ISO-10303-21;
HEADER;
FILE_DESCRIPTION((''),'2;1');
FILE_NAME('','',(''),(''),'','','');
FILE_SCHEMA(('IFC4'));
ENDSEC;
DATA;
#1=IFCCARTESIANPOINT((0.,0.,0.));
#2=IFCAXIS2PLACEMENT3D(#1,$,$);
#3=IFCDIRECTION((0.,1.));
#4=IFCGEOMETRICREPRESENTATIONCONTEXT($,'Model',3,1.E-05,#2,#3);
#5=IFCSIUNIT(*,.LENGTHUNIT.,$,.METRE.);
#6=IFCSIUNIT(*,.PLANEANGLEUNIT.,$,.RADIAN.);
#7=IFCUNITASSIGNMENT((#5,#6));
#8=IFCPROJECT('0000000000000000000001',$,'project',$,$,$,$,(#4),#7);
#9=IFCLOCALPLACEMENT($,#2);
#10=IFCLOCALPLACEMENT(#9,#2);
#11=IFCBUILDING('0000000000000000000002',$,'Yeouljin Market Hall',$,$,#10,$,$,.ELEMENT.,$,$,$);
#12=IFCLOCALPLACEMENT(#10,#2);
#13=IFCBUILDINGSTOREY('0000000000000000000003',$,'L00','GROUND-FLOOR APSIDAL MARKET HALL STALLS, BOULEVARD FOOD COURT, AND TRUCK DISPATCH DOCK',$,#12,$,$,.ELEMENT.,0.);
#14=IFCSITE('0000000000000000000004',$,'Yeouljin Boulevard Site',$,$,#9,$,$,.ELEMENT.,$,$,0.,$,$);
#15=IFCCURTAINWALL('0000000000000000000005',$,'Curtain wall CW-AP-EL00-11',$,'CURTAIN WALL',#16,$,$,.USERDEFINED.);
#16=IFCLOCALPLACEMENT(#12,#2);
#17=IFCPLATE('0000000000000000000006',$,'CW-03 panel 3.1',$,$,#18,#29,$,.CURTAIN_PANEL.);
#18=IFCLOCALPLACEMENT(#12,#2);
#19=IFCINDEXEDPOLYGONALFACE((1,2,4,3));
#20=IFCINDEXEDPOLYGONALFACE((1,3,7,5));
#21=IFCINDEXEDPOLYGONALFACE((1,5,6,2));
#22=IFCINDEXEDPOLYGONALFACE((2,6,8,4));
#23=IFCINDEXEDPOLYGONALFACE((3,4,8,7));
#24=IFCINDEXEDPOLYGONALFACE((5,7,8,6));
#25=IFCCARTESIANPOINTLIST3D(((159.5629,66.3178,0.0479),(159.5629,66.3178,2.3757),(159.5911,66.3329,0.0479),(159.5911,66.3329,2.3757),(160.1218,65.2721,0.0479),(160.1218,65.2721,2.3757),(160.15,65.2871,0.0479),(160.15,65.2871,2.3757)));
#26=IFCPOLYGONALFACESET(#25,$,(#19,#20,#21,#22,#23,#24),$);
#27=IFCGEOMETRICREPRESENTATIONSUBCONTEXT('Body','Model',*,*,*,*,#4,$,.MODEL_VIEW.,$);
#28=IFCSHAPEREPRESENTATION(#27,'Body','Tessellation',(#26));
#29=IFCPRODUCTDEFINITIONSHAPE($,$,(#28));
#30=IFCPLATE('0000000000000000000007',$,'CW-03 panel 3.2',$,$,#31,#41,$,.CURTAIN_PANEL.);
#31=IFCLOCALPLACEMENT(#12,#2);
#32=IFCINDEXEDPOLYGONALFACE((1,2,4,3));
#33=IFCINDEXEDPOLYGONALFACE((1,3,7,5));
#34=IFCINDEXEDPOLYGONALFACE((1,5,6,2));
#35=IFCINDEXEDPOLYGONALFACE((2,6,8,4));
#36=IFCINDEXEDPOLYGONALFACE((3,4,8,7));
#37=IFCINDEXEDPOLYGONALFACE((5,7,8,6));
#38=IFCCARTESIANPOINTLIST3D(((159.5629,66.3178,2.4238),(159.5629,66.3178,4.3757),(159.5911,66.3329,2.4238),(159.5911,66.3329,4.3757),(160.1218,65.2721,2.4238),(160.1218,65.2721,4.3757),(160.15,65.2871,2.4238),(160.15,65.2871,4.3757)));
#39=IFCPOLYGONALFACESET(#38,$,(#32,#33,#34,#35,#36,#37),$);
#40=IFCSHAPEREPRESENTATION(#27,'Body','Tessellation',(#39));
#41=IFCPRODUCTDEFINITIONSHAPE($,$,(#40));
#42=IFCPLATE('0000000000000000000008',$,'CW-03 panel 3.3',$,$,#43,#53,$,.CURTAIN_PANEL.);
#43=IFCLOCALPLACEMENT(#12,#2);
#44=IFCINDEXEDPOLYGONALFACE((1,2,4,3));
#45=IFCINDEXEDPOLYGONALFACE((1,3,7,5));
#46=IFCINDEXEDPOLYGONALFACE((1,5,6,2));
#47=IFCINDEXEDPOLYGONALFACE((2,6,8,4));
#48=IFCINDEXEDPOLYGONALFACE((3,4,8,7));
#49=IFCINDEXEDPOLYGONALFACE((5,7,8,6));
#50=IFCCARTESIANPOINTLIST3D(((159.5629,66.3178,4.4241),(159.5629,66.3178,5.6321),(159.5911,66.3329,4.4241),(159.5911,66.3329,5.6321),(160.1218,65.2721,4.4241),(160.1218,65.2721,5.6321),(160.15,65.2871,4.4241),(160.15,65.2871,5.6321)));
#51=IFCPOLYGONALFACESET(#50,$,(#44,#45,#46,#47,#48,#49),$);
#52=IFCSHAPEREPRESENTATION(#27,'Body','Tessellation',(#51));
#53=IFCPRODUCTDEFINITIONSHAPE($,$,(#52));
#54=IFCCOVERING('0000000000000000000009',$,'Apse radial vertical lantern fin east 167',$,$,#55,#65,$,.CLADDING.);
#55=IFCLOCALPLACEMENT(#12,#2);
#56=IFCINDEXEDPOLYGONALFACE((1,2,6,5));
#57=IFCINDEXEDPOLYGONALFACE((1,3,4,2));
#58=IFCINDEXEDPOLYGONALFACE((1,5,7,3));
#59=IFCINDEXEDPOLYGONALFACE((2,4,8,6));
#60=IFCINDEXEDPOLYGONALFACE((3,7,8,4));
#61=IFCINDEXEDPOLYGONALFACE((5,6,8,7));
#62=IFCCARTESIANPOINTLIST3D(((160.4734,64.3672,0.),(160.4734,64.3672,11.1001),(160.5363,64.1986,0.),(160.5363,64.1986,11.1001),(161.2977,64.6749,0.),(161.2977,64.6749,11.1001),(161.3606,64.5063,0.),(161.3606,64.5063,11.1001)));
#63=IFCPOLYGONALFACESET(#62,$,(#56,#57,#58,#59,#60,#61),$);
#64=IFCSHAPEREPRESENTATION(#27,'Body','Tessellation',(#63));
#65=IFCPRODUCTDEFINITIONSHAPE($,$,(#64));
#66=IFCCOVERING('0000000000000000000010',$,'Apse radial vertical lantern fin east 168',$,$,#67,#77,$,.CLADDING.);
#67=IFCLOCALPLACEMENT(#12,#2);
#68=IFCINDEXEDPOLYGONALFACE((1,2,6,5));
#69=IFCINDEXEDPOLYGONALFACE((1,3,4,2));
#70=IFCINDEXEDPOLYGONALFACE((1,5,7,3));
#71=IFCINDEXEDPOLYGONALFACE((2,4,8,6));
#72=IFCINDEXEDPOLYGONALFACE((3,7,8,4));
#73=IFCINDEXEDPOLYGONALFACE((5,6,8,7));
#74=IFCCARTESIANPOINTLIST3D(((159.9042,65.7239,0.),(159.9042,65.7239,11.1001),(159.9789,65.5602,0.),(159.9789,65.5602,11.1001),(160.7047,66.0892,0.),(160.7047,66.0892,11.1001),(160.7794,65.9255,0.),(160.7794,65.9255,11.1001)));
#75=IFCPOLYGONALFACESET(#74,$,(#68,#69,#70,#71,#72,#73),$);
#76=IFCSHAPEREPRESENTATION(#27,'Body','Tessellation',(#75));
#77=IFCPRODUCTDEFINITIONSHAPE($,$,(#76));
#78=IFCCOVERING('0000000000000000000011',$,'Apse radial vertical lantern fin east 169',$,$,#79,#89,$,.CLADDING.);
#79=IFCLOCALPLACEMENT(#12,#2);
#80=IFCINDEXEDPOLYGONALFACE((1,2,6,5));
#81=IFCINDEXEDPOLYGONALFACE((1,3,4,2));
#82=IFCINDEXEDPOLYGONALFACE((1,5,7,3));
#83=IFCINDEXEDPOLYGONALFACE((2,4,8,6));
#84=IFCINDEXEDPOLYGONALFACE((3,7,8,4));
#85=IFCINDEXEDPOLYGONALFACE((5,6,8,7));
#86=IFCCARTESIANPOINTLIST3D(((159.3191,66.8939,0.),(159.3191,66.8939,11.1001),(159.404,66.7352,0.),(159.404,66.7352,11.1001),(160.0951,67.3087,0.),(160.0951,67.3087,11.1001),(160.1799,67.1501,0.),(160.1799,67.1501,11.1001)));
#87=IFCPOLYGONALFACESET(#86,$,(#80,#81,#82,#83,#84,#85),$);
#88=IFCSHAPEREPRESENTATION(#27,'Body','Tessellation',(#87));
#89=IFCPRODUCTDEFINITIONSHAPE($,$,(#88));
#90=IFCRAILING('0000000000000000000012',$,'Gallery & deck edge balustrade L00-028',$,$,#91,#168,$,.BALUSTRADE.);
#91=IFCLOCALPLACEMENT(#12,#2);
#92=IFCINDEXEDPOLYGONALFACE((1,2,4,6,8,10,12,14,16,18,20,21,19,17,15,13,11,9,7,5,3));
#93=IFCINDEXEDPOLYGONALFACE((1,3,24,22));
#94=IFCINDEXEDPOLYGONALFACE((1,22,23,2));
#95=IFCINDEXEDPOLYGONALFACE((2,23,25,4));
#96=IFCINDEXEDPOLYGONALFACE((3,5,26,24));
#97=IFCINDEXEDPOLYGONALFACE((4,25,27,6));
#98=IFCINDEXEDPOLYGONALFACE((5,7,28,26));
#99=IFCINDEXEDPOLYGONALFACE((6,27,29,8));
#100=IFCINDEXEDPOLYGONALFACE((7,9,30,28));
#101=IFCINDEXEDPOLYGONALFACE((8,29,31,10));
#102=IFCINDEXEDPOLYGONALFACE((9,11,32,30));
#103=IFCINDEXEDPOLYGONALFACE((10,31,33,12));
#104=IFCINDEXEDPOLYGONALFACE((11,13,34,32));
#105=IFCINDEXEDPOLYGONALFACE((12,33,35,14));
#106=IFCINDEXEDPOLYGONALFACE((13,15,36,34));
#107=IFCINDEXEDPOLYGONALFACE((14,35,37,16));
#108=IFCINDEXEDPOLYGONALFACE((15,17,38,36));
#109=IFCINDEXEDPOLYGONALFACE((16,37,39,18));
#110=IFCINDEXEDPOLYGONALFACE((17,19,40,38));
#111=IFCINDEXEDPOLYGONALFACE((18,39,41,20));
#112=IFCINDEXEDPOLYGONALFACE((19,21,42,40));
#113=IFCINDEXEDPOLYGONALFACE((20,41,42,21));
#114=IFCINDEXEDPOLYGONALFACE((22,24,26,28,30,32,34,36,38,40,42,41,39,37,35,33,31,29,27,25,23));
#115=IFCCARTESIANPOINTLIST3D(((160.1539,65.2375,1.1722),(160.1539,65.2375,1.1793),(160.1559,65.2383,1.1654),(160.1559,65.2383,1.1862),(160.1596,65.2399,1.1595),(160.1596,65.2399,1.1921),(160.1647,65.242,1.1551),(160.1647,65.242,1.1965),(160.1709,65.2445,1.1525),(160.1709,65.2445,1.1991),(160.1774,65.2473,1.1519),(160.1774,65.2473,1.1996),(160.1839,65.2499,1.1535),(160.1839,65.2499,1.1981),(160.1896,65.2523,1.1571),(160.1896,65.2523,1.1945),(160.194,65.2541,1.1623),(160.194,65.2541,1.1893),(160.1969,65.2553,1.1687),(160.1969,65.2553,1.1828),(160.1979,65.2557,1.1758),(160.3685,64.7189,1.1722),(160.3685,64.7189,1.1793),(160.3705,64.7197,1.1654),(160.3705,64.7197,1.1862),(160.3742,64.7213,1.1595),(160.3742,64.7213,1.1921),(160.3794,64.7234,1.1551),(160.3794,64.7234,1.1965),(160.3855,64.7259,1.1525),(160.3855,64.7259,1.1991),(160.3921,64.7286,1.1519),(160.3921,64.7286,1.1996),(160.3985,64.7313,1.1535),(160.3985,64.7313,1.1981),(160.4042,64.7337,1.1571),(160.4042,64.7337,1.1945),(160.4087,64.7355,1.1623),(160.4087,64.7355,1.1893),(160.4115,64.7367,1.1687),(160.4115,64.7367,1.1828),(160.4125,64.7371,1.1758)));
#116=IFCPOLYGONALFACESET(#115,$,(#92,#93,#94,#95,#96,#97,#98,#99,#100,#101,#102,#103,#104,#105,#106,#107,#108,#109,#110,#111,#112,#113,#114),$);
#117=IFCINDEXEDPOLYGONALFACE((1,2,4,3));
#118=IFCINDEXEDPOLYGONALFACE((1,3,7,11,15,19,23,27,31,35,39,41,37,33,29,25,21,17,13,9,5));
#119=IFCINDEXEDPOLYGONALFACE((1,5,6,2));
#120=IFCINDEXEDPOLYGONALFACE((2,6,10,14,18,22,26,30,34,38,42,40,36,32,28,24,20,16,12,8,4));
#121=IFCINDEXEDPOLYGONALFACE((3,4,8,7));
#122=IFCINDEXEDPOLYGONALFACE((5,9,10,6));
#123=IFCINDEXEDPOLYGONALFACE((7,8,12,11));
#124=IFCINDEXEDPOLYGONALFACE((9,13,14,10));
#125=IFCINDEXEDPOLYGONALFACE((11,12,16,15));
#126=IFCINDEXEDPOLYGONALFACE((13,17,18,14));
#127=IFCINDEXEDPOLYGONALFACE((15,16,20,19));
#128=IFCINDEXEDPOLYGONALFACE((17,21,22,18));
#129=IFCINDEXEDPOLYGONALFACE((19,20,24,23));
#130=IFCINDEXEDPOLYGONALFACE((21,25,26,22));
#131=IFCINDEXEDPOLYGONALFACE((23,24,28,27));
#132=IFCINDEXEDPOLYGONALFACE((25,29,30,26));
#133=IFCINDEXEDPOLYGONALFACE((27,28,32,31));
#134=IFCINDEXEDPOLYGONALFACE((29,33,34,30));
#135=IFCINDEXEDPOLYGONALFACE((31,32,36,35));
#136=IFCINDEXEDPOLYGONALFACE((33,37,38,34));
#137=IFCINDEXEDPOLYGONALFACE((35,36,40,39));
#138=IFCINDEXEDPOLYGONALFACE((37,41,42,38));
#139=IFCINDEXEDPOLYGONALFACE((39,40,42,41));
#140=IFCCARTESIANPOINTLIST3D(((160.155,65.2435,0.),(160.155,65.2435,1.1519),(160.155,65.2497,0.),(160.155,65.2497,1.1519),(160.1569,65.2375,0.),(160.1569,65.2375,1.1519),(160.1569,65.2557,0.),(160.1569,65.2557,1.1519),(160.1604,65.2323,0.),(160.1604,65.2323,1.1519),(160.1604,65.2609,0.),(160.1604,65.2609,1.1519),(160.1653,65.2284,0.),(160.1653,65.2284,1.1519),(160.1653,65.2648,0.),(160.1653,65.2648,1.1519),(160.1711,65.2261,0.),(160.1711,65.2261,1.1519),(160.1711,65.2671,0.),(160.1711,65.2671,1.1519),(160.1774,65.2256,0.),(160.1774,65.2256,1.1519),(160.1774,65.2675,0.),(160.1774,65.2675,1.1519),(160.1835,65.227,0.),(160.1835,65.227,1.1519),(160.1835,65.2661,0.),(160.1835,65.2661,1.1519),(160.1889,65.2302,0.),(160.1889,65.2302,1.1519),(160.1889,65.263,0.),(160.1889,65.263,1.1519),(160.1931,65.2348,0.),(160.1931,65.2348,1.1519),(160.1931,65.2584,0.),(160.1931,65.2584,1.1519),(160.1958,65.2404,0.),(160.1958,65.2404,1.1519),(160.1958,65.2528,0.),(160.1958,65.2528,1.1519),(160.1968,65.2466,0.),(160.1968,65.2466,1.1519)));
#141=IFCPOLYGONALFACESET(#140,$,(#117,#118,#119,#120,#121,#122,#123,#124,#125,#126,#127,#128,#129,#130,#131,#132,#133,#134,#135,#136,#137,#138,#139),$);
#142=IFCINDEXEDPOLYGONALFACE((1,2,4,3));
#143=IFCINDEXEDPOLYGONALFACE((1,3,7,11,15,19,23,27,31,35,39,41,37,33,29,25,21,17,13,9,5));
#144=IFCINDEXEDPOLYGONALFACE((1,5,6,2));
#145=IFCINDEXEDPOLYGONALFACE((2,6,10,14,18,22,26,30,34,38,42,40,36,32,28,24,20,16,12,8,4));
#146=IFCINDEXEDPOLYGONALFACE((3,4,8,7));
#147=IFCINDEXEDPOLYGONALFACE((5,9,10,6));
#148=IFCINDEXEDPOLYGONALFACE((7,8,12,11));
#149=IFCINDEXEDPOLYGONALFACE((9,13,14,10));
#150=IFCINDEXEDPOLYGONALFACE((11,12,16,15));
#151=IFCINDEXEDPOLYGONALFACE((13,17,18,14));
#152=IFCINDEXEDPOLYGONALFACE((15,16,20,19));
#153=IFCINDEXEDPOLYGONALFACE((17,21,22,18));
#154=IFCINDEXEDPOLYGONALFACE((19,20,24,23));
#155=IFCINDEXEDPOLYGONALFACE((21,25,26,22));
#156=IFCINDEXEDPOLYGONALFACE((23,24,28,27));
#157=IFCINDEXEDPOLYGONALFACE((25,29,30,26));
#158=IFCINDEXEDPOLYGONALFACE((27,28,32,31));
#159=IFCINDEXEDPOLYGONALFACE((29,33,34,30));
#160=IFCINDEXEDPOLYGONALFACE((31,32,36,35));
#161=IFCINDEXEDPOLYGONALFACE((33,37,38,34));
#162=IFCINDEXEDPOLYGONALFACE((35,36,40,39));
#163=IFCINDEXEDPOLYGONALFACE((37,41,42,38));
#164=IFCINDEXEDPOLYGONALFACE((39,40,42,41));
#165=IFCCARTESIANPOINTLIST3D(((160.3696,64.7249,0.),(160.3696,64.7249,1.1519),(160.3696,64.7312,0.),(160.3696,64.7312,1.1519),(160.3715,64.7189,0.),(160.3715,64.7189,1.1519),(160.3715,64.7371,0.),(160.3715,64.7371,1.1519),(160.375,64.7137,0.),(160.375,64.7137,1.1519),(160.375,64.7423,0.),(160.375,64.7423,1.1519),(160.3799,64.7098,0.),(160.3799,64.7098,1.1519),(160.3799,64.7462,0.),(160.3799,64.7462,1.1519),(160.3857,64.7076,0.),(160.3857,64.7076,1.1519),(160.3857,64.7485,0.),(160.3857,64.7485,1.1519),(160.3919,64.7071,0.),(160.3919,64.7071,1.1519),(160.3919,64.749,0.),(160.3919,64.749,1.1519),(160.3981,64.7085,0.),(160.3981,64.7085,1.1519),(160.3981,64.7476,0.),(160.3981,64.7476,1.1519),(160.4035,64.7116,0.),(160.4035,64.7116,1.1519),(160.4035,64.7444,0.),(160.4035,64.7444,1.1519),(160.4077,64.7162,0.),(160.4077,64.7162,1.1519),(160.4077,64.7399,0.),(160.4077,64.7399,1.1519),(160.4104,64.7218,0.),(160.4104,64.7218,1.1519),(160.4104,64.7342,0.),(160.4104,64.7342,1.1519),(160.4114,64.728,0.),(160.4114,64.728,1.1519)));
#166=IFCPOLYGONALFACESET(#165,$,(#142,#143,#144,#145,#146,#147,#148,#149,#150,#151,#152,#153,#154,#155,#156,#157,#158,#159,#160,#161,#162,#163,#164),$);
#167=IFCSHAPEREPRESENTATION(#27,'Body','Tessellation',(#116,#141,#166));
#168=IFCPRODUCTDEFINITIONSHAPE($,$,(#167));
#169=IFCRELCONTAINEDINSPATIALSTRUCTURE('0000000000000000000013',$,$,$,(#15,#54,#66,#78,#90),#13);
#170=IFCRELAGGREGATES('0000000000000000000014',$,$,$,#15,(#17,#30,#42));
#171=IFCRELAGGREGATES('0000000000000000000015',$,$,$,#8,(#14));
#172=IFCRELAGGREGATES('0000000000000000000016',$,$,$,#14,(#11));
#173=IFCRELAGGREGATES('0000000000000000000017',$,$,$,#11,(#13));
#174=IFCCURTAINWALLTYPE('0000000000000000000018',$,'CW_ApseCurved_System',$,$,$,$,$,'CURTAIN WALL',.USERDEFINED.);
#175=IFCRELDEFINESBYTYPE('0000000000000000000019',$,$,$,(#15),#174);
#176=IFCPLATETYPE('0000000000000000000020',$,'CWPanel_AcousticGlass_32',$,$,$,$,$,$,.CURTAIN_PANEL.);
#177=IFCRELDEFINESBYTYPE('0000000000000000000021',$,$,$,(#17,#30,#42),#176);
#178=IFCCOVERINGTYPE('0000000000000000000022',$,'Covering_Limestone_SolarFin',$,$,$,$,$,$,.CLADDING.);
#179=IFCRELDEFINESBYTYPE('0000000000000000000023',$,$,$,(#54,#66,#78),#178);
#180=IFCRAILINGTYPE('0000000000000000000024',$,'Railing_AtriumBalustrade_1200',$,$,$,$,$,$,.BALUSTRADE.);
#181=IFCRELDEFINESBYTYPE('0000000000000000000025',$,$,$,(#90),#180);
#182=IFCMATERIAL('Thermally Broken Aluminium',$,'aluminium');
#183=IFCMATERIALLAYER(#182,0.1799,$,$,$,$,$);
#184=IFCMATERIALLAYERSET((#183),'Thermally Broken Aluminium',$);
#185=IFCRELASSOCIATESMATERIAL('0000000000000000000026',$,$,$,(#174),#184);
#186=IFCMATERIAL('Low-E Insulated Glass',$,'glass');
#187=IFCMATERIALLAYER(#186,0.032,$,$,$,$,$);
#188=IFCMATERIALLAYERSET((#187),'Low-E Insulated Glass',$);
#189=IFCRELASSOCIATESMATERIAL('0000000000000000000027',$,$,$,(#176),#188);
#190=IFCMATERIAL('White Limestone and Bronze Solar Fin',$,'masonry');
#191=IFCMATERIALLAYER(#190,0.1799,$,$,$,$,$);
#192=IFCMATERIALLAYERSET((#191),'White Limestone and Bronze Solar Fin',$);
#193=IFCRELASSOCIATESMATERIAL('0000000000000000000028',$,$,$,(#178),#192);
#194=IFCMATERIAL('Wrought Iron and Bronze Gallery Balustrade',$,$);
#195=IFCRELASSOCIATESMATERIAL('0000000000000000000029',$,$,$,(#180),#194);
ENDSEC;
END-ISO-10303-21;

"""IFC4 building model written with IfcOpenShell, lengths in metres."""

from ifc_helpers import new_model, si_unit, direction, frame, origin, origin_2d, place, context, subcontext, project, spatial, rectangle, circle, extrude, material, layer, layer_set, type_object, element, aggregate, save


model = new_model("IFC4")

# Units and contexts
model_context = context("Model", 3, precision=1e-05, world=origin(), true_north=direction((0.0, 1.0)))
body_context = subcontext(model_context, "Body", "Model", "MODEL_VIEW")
ifc_project = project(units=[si_unit("LENGTHUNIT", "METRE"), si_unit("PLANEANGLEUNIT", "RADIAN")], contexts=[model_context])

# Site, building, storey
site_placement = place(None, origin())
site = spatial("IfcSite", under=ifc_project, at=site_placement, Name="Yeouljin Boulevard Site", CompositionType="ELEMENT", RefElevation=0.0)
building_placement = place(site_placement, origin())
building = spatial("IfcBuilding", under=site, at=building_placement, Name="Yeouljin Market Hall", CompositionType="ELEMENT")
storey_placement = place(building_placement, origin())
storey = spatial("IfcBuildingStorey", under=building, at=storey_placement, Name="L00", Description="GROUND-FLOOR APSIDAL MARKET HALL STALLS, BOULEVARD FOOD COURT, AND TRUCK DISPATCH DOCK", CompositionType="ELEMENT", Elevation=0.0)

# Curtain wall
ifc_material_1 = material(Name="Thermally Broken Aluminium", Category="aluminium")
ifc_layer_1 = layer(ifc_material_1, 0.1799)
ifc_layer_set_1 = layer_set([ifc_layer_1], Name="Thermally Broken Aluminium")
curtain_wall_type = type_object("IfcCurtainWallType", Name="CW_ApseCurved_System", ElementType="CURTAIN WALL", PredefinedType="USERDEFINED", material=ifc_layer_set_1)
curtain_wall_1_placement = place(storey_placement, origin())
curtain_wall_1 = element("IfcCurtainWall", 1, at=curtain_wall_1_placement, inside=storey, type_object=curtain_wall_type, Name="Curtain wall CW-AP-EL00-11", ObjectType="CURTAIN WALL", PredefinedType="USERDEFINED")

# Plates
ifc_material_2 = material(Name="Low-E Insulated Glass", Category="glass")
ifc_layer_2 = layer(ifc_material_2, 0.032)
ifc_layer_set_2 = layer_set([ifc_layer_2], Name="Low-E Insulated Glass")
plate_type = type_object("IfcPlateType", Name="CWPanel_AcousticGlass_32", PredefinedType="CURTAIN_PANEL", material=ifc_layer_set_2)
plate_1_placement = place(storey_placement, frame((159.8564, 65.8025, 0.0479), z_axis=(0.0, 0.0, 1.0), x_axis=(0.471378, -0.881931, 0.0)))
plate_1 = element("IfcPlate", 2, at=plate_1_placement, type_object=plate_type, Name="CW-03 panel 3.1", PredefinedType="CURTAIN_PANEL", context=body_context, shape_type="SweptSolid", body=[
    extrude(rectangle(XDim=1.1858, YDim=0.032, at=origin_2d()), origin(), (0.0, 0.0, 1.0), 2.3279),
])
plate_2_placement = place(storey_placement, frame((159.8564, 65.8025, 2.4238), z_axis=(0.0, 0.0, 1.0), x_axis=(0.471378, -0.881931, 0.0)))
plate_2 = element("IfcPlate", 3, at=plate_2_placement, type_object=plate_type, Name="CW-03 panel 3.2", PredefinedType="CURTAIN_PANEL", context=body_context, shape_type="SweptSolid", body=[
    extrude(rectangle(XDim=1.1858, YDim=0.032, at=origin_2d()), origin(), (0.0, 0.0, 1.0), 1.9519),
])
plate_3_placement = place(storey_placement, frame((159.8564, 65.8025, 4.4241), z_axis=(0.0, 0.0, 1.0), x_axis=(0.471378, -0.881931, 0.0)))
plate_3 = element("IfcPlate", 4, at=plate_3_placement, type_object=plate_type, Name="CW-03 panel 3.3", PredefinedType="CURTAIN_PANEL", context=body_context, shape_type="SweptSolid", body=[
    extrude(rectangle(XDim=1.1858, YDim=0.032, at=origin_2d()), origin(), (0.0, 0.0, 1.0), 1.208),
])
aggregate(curtain_wall_1, [plate_1, plate_2, plate_3])

# Coverings
ifc_material_3 = material(Name="White Limestone and Bronze Solar Fin", Category="masonry")
ifc_layer_3 = layer(ifc_material_3, 0.1799)
ifc_layer_set_3 = layer_set([ifc_layer_3], Name="White Limestone and Bronze Solar Fin")
covering_type = type_object("IfcCoveringType", Name="Covering_Limestone_SolarFin", PredefinedType="CLADDING", material=ifc_layer_set_3)
for number, where, z_axis, x_axis, name in (
    (5, (160.917, 64.4368, 0.0), (0.0, 0.0, 1.0), (0.936855, 0.349717, 0.0), "Apse radial vertical lantern fin east 167"),
    (6, (160.3418, 65.8247, 0.0), (0.0, 0.0, 1.0), (0.909744, 0.41517, 0.0), "Apse radial vertical lantern fin east 168"),
    (7, (159.7495, 67.022, 0.0), (0.0, 0.0, 1.0), (0.88188, 0.471474, 0.0), "Apse radial vertical lantern fin east 169"),
):
    element("IfcCovering", number, at=place(storey_placement, frame(where, z_axis=z_axis, x_axis=x_axis)), inside=storey, type_object=covering_type, Name=name, PredefinedType="CLADDING", context=body_context, shape_type="SweptSolid", body=[
        extrude(rectangle(XDim=0.8799, YDim=0.1799, at=origin_2d()), origin(), (0.0, 0.0, 1.0), 11.1001),
    ])

# Railing
ifc_material_4 = material(Name="Wrought Iron and Bronze Gallery Balustrade")
railing_type = type_object("IfcRailingType", Name="Railing_AtriumBalustrade_1200", PredefinedType="BALUSTRADE", material=ifc_material_4)
railing_placement = place(storey_placement, frame((160.1758, 65.2466, 0.0)))
element("IfcRailing", 8, at=railing_placement, inside=storey, type_object=railing_type, Name="Gallery & deck edge balustrade L00-028", PredefinedType="BALUSTRADE", context=body_context, shape_type="SweptSolid", body=[
    extrude(circle(Radius=0.0239, at=origin_2d()), frame((0.0, 0.0, 1.1758), z_axis=(0.38239, -0.924001, 0.0), x_axis=(0.924001, 0.38239, 0.0)), (0.0, 0.0, 1.0), 0.5613),
    extrude(circle(Radius=0.021, at=origin_2d()), origin(), (0.0, 0.0, 1.0), 1.1519),
    extrude(circle(Radius=0.021, at=origin_2d()), frame((0.2146, -0.5186, 0.0)), (0.0, 0.0, 1.0), 1.1519),
])

save(model, "model.ifc")
